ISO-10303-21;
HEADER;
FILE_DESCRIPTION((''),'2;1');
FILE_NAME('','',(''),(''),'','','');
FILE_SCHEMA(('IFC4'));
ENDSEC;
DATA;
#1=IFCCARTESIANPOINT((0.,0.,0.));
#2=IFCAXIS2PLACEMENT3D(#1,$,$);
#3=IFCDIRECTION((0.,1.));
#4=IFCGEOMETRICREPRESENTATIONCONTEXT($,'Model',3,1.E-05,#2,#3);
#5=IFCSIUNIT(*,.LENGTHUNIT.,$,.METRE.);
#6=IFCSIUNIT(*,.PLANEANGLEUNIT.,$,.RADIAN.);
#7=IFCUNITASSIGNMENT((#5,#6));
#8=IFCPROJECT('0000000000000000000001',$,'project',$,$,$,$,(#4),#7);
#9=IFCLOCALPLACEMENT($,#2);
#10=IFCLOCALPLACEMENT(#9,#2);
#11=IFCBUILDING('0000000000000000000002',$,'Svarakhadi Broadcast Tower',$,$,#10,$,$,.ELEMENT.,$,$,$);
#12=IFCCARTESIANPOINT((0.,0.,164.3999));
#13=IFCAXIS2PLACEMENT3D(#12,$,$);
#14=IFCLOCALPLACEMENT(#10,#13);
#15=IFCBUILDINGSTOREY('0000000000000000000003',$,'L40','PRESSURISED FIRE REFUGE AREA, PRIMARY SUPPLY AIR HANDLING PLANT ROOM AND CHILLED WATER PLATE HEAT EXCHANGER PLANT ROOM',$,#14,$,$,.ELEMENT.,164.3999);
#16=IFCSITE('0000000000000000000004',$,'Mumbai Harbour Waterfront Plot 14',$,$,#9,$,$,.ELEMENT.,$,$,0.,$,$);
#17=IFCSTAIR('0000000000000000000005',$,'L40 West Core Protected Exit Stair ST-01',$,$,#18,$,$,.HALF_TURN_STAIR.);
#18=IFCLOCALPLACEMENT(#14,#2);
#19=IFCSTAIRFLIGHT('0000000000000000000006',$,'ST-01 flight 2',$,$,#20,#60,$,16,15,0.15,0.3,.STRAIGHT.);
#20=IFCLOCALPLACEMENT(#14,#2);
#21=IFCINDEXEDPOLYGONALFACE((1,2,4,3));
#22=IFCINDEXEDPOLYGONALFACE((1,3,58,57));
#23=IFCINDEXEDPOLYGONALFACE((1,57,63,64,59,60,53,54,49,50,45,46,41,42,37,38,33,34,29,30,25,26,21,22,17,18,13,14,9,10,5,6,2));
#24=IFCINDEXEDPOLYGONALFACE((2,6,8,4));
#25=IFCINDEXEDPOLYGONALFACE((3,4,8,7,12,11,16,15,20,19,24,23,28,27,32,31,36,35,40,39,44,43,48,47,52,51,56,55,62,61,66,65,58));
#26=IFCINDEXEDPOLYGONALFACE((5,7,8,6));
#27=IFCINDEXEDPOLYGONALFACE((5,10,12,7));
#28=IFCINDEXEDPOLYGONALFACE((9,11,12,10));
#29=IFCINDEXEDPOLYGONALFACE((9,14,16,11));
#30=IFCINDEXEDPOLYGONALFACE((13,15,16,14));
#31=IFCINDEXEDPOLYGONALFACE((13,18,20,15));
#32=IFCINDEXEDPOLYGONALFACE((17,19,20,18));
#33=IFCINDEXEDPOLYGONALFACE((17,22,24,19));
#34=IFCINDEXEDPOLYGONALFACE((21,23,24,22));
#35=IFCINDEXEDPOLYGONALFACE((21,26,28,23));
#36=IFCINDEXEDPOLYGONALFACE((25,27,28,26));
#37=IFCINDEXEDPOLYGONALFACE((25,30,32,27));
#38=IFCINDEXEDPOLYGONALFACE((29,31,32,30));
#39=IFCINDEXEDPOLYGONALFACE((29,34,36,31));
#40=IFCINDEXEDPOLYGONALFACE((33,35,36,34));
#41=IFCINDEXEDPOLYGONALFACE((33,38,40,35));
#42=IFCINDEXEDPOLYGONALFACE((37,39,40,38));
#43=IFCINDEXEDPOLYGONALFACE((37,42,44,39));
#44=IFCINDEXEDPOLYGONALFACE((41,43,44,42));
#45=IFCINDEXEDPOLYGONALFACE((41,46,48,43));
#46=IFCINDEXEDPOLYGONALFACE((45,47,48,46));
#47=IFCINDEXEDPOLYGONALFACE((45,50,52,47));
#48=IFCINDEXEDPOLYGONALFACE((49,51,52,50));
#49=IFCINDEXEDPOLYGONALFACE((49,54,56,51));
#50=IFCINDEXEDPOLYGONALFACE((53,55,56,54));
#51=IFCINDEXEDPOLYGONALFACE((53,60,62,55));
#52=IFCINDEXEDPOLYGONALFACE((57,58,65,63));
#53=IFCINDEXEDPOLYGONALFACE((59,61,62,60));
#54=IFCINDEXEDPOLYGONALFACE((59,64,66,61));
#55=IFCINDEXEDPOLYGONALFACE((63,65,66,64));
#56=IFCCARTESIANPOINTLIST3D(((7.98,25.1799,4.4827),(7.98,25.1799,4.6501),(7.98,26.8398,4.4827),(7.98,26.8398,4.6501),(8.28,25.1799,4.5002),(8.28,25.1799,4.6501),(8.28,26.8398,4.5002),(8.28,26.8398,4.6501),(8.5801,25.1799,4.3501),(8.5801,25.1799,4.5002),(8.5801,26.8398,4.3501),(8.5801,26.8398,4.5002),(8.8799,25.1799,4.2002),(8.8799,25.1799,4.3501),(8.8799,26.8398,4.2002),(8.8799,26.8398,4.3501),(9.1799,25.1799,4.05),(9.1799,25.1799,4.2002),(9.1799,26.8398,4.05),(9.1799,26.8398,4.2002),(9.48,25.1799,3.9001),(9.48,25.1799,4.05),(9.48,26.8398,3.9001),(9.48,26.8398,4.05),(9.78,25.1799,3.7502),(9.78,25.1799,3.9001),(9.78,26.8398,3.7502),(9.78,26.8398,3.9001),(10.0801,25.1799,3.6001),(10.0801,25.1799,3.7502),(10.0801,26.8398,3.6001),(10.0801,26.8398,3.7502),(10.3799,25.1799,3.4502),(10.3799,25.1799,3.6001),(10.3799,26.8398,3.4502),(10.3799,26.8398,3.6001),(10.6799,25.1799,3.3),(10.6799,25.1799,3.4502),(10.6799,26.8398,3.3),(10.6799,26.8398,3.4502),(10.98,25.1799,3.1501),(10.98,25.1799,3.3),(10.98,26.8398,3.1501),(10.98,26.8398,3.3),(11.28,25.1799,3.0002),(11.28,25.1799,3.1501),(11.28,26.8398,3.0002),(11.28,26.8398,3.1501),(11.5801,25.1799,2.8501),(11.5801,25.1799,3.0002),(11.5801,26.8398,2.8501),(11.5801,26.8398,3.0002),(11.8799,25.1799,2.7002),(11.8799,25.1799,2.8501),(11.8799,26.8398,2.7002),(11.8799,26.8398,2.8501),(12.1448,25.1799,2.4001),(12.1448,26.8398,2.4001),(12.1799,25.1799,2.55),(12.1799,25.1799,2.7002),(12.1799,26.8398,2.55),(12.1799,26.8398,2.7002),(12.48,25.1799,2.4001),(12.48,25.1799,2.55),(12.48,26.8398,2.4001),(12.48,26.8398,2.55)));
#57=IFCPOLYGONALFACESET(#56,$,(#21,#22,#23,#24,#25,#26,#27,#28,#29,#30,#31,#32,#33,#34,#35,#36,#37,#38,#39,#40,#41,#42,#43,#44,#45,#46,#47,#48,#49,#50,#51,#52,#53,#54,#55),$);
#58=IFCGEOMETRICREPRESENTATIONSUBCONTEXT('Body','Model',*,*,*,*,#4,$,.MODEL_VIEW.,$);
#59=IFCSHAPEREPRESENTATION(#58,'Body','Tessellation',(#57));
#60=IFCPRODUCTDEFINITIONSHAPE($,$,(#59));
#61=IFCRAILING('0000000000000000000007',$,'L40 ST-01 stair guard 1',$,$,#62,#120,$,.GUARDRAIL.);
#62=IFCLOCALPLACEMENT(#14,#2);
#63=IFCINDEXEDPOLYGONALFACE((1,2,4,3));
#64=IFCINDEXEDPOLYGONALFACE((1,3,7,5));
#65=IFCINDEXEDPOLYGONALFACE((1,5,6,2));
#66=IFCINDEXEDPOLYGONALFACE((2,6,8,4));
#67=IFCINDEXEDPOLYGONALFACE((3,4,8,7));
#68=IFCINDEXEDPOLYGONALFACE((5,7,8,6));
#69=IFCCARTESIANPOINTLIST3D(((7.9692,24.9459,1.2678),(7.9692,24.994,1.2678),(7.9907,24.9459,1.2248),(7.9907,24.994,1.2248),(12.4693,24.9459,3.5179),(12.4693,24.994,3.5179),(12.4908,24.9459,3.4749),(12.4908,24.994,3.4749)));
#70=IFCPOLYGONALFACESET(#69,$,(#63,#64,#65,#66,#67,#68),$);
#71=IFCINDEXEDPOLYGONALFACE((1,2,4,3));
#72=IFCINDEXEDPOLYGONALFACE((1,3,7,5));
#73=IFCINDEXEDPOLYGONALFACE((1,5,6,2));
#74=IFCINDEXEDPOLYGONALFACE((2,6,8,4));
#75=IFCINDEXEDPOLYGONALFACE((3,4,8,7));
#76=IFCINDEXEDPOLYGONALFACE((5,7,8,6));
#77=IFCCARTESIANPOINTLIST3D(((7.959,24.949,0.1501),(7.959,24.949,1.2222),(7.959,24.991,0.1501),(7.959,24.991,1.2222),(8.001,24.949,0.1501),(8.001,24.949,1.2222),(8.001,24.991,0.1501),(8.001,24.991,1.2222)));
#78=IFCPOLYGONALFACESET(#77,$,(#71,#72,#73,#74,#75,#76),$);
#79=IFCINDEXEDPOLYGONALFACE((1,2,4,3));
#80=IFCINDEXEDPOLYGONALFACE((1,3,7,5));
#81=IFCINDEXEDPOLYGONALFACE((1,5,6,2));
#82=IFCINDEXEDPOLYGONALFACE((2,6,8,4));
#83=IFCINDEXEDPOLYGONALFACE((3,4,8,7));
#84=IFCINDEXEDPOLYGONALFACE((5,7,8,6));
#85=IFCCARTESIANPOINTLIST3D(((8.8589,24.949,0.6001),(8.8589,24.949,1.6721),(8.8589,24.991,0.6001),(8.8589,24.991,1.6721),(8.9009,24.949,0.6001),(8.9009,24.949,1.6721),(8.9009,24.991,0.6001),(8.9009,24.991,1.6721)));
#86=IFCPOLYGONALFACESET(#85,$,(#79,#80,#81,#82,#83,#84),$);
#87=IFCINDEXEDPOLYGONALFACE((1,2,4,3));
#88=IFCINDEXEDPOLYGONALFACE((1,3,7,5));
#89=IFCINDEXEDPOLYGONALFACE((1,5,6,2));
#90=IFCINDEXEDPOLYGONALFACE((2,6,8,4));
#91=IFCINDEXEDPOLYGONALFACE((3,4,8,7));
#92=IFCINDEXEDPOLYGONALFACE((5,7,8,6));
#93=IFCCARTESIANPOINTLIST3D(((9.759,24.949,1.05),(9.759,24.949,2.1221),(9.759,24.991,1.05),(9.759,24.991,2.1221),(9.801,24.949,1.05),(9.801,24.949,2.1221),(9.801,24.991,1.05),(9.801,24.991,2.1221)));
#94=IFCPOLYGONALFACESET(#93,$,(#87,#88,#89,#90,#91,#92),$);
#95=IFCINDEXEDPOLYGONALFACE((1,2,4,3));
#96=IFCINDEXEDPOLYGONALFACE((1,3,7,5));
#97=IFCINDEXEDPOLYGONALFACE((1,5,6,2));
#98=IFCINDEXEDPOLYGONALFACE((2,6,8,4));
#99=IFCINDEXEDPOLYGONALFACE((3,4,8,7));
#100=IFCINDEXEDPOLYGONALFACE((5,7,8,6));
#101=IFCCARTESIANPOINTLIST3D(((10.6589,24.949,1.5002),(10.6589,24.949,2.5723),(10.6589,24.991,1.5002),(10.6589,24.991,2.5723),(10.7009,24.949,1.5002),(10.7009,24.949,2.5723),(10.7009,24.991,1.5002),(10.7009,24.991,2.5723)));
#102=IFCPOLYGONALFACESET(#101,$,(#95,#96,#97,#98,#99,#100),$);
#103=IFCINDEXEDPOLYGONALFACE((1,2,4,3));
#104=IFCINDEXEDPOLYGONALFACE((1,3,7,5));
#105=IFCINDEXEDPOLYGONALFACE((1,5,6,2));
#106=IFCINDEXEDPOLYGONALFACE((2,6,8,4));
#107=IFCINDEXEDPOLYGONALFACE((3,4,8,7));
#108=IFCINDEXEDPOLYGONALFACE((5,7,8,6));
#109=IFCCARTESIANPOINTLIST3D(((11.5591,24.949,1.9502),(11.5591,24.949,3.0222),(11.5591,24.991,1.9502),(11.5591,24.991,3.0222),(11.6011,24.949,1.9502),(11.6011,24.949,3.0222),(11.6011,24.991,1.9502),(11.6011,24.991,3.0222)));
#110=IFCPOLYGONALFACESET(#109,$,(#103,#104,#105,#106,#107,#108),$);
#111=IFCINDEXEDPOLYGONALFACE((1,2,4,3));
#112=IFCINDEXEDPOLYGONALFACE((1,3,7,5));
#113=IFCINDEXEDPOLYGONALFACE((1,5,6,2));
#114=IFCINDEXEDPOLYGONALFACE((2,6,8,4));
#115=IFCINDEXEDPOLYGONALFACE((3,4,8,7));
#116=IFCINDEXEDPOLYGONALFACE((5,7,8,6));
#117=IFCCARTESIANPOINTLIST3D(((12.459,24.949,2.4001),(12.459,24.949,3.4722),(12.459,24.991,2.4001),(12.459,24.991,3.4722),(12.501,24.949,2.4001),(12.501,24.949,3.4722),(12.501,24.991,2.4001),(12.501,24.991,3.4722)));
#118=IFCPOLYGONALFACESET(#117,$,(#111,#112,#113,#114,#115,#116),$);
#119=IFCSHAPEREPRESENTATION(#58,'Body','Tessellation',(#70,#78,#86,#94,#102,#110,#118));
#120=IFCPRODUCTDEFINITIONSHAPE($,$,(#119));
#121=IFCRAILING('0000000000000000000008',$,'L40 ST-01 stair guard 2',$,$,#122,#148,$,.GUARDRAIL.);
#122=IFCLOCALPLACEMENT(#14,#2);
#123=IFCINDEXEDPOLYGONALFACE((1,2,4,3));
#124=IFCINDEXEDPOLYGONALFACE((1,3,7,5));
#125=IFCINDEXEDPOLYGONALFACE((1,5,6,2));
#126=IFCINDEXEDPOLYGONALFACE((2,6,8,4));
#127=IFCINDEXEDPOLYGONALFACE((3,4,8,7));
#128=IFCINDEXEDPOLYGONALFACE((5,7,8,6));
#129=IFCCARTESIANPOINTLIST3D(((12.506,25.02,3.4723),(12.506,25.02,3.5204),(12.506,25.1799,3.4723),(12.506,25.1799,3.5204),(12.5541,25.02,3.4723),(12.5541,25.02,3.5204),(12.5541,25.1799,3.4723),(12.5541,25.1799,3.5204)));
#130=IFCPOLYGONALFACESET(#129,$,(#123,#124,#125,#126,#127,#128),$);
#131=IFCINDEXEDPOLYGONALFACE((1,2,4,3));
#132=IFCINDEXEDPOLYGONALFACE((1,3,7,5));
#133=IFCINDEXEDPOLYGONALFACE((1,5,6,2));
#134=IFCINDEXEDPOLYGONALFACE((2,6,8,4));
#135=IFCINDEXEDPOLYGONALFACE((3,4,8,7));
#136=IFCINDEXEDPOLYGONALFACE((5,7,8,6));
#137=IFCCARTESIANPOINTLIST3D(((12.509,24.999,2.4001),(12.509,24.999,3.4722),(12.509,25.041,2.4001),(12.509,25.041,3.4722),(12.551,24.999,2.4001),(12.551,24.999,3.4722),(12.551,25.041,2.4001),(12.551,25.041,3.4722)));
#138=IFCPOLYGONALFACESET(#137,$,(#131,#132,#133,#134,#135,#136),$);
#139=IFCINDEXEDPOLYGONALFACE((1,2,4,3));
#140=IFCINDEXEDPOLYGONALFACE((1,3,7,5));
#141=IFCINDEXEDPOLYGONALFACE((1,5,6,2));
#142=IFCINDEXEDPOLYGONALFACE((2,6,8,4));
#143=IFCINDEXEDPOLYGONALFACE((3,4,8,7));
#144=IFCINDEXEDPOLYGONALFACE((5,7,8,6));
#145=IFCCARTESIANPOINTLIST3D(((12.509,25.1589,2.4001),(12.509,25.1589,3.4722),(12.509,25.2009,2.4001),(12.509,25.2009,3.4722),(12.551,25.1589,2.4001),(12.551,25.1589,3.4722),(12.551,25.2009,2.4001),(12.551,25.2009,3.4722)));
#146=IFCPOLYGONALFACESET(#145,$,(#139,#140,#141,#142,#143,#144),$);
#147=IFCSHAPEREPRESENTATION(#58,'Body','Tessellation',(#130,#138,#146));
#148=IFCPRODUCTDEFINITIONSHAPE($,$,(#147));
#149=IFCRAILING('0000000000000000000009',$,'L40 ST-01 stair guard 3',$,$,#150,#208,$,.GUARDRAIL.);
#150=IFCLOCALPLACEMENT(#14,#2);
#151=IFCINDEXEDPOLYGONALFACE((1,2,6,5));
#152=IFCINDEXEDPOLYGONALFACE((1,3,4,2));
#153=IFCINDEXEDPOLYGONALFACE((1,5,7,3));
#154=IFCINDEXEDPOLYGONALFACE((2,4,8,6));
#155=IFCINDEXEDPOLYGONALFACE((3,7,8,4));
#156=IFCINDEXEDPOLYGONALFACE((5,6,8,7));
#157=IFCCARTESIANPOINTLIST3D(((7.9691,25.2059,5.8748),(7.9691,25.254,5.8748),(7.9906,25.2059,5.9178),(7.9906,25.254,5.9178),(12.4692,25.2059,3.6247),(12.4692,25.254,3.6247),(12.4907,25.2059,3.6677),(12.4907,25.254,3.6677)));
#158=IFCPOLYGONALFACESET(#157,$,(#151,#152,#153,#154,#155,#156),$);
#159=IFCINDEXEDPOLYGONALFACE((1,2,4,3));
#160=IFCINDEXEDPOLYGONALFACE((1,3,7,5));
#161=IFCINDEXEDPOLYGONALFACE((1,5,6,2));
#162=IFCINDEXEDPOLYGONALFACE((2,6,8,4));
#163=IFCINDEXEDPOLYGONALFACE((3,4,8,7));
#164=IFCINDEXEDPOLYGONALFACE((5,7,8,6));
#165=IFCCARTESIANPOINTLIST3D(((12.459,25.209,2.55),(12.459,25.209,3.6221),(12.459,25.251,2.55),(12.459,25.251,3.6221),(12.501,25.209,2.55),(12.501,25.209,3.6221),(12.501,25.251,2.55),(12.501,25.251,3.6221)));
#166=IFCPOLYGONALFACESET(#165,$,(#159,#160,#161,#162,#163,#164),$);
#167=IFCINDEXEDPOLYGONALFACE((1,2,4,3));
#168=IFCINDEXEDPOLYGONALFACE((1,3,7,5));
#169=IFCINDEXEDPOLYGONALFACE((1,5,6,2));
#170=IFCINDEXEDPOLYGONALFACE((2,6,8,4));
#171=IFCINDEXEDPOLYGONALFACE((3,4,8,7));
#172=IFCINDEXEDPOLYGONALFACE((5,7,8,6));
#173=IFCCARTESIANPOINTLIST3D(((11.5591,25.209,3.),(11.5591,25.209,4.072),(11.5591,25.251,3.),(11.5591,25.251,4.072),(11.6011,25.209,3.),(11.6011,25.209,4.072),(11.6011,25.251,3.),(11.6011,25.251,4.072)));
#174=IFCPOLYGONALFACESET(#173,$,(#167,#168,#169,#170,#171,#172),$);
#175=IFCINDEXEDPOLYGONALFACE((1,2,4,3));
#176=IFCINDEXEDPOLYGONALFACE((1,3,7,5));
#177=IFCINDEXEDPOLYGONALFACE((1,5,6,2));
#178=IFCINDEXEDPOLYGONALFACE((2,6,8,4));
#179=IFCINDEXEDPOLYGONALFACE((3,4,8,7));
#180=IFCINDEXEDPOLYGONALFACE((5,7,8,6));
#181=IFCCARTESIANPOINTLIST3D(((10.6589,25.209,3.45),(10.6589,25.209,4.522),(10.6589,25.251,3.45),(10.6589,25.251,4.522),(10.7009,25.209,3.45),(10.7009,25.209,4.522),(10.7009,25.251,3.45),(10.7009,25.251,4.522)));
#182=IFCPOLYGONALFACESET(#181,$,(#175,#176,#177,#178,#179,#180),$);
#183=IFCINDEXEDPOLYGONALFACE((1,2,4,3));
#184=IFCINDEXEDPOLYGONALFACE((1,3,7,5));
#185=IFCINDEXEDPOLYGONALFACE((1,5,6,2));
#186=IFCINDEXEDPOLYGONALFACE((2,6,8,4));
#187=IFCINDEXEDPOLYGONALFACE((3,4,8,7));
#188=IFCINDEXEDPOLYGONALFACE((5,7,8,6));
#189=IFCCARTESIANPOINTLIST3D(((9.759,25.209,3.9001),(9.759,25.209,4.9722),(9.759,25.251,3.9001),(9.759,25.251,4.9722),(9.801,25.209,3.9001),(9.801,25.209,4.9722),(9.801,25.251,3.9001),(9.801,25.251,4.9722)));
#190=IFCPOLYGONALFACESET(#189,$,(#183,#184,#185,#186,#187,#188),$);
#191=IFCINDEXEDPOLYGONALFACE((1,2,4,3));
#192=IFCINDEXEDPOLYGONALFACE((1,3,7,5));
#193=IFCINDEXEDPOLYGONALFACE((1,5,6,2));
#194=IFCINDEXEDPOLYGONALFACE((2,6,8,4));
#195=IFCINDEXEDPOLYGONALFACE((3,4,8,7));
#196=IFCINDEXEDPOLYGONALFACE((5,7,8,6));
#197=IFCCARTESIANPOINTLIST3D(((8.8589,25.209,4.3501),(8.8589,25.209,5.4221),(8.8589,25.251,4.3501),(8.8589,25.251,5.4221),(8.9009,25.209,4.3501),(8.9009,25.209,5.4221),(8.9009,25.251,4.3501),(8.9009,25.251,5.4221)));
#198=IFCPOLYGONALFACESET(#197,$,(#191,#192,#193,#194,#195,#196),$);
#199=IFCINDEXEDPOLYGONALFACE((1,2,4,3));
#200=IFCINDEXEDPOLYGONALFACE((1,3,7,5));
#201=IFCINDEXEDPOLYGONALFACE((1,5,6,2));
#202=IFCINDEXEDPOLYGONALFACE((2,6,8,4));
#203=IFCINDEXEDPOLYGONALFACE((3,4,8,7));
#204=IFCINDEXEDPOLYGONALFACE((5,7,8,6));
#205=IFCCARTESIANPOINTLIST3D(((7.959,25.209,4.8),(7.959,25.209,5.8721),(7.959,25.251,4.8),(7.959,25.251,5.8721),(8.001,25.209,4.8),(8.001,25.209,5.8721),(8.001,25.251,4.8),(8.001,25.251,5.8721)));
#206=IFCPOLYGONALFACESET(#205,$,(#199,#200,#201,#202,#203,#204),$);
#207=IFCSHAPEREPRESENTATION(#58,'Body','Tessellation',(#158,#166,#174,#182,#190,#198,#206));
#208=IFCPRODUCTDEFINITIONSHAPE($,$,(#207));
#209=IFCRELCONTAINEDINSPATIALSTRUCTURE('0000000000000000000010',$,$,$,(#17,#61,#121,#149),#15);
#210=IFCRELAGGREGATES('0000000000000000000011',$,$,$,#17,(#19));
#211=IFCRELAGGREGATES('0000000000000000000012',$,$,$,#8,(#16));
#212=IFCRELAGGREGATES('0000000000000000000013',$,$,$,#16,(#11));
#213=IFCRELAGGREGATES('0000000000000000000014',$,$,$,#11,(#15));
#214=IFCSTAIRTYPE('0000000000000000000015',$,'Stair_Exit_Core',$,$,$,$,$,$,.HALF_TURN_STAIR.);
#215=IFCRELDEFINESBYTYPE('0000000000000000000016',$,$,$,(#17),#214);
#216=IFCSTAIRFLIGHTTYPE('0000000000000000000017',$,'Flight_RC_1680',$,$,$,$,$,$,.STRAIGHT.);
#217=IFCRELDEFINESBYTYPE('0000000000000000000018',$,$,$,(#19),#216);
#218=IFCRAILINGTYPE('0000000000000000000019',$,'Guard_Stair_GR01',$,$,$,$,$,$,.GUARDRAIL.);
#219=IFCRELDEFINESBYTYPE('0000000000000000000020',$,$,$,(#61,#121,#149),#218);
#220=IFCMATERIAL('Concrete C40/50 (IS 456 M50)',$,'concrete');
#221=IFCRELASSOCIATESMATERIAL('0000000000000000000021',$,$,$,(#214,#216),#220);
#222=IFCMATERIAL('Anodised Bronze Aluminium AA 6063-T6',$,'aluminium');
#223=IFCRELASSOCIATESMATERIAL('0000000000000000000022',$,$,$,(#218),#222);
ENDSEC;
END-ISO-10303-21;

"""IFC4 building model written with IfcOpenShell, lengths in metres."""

from ifc_helpers import new_model, si_unit, direction, frame, origin, origin_2d, place, context, subcontext, project, spatial, polyline, rectangle, outline, extrude, material, type_object, element, aggregate, save


model = new_model("IFC4")

# Units and contexts
model_context = context("Model", 3, precision=1e-05, world=origin(), true_north=direction((0.0, 1.0)))
body_context = subcontext(model_context, "Body", "Model", "MODEL_VIEW")
ifc_project = project(units=[si_unit("LENGTHUNIT", "METRE"), si_unit("PLANEANGLEUNIT", "RADIAN")], contexts=[model_context])

# Site, building, storey
site_placement = place(None, origin())
site = spatial("IfcSite", under=ifc_project, at=site_placement, Name="Mumbai Harbour Waterfront Plot 14", CompositionType="ELEMENT", RefElevation=0.0)
building_placement = place(site_placement, origin())
building = spatial("IfcBuilding", under=site, at=building_placement, Name="Svarakhadi Broadcast Tower", CompositionType="ELEMENT")
storey_placement = place(building_placement, frame((0.0, 0.0, 164.3999)))
storey = spatial("IfcBuildingStorey", under=building, at=storey_placement, Name="L40", Description="PRESSURISED FIRE REFUGE AREA, PRIMARY SUPPLY AIR HANDLING PLANT ROOM AND CHILLED WATER PLATE HEAT EXCHANGER PLANT ROOM", CompositionType="ELEMENT", Elevation=164.3999)

# Shared definitions
ifc_material_1 = material(Name="Concrete C40/50 (IS 456 M50)", Category="concrete")

# Stair, stair flight
stair_type = type_object("IfcStairType", Name="Stair_Exit_Core", PredefinedType="HALF_TURN_STAIR", material=ifc_material_1)
stair_placement = place(storey_placement, origin())
stair = element("IfcStair", 1, at=stair_placement, inside=storey, type_object=stair_type, Name="L40 West Core Protected Exit Stair ST-01", PredefinedType="HALF_TURN_STAIR")
stair_flight_type = type_object("IfcStairFlightType", Name="Flight_RC_1680", PredefinedType="STRAIGHT", material=ifc_material_1)
stair_flight_1_placement = place(storey_placement, frame((12.48, 26.01, 2.4001), z_axis=(0.0, 0.0, 1.0), x_axis=(-1.0, 0.0, 0.0)))
stair_flight_1 = element("IfcStairFlight", 2, at=stair_flight_1_placement, type_object=stair_flight_type, Name="ST-01 flight 2", NumberOfRisers=16, NumberOfTreads=15, PredefinedType="STRAIGHT", RiserHeight=0.15, TreadLength=0.3, context=body_context, shape_type="SweptSolid", body=[
    extrude(outline(polyline([(0.0, 0.0), (0.0, 0.1499), (0.3, 0.1499), (0.3, 0.3), (0.6001, 0.3), (0.6001, 0.45), (0.8999, 0.45), (0.8999, 0.6001), (1.2, 0.6001), (1.2, 0.75), (1.5, 0.75), (1.5, 0.8999), (1.8, 0.8999), (1.8, 1.05), (2.1001, 1.05), (2.1001, 1.2), (2.3999, 1.2), (2.3999, 1.3501), (2.7, 1.3501), (2.7, 1.5), (3.0, 1.5), (3.0, 1.6499), (3.3, 1.6499), (3.3, 1.8), (3.6001, 1.8), (3.6001, 1.95), (3.8999, 1.95), (3.8999, 2.1001), (4.2, 2.1001), (4.2, 2.25), (4.5, 2.25), (4.5, 2.3999), (4.5, 2.0825), (0.3352, 0.0), (0.0, 0.0)])), frame((0.0, 0.8301, 0.0), z_axis=(0.0, -1.0, 0.0), x_axis=(1.0, 0.0, 0.0)), (0.0, 0.0, 1.0), 1.6599),
])
aggregate(stair, [stair_flight_1])

# Railings
ifc_material_2 = material(Name="Anodised Bronze Aluminium AA 6063-T6", Category="aluminium")
railing_type_1 = type_object("IfcRailingType", Name="Guard_Stair_GR01", PredefinedType="GUARDRAIL", material=ifc_material_2)
railing_1_placement = place(storey_placement, frame((7.98, 24.97, 0.1501)))
element("IfcRailing", 3, at=railing_1_placement, inside=storey, type_object=railing_type_1, Name="L40 ST-01 stair guard 1", PredefinedType="GUARDRAIL", context=body_context, shape_type="SweptSolid", body=[
    extrude(rectangle(XDim=0.0481, YDim=0.0481, at=origin_2d()), frame((0.0, 0.0, 1.0962), z_axis=(0.894427, 0.0, 0.447214), x_axis=(0.0, 1.0, 0.0)), (0.0, 0.0, 1.0), 5.0312),
    extrude(rectangle(XDim=0.042, YDim=0.042, at=origin_2d()), origin(), (0.0, 0.0, 1.0), 1.072),
    extrude(rectangle(XDim=0.042, YDim=0.042, at=origin_2d()), frame((0.8999, 0.0, 0.45)), (0.0, 0.0, 1.0), 1.072),
    extrude(rectangle(XDim=0.042, YDim=0.042, at=origin_2d()), frame((1.8, 0.0, 0.8999)), (0.0, 0.0, 1.0), 1.072),
    extrude(rectangle(XDim=0.042, YDim=0.042, at=origin_2d()), frame((2.7, 0.0, 1.3501)), (0.0, 0.0, 1.0), 1.072),
    extrude(rectangle(XDim=0.042, YDim=0.042, at=origin_2d()), frame((3.6001, 0.0, 1.8)), (0.0, 0.0, 1.0), 1.072),
    extrude(rectangle(XDim=0.042, YDim=0.042, at=origin_2d()), frame((4.5, 0.0, 2.25)), (0.0, 0.0, 1.0), 1.072),
])
railing_2_placement = place(storey_placement, frame((12.53, 25.02, 2.4001)))
element("IfcRailing", 4, at=railing_2_placement, inside=storey, type_object=railing_type_1, Name="L40 ST-01 stair guard 2", PredefinedType="GUARDRAIL", context=body_context, shape_type="SweptSolid", body=[
    extrude(rectangle(XDim=0.0481, YDim=0.0481, at=origin_2d()), frame((0.0, 0.0, 1.0962), z_axis=(0.0, 1.0, 0.0), x_axis=(-1.0, 0.0, 0.0)), (0.0, 0.0, 1.0), 0.1599),
    extrude(rectangle(XDim=0.042, YDim=0.042, at=origin_2d()), origin(), (0.0, 0.0, 1.0), 1.072),
    extrude(rectangle(XDim=0.042, YDim=0.042, at=origin_2d()), frame((0.0, 0.1599, 0.0)), (0.0, 0.0, 1.0), 1.072),
])
railing_3_placement = place(storey_placement, frame((12.48, 25.23, 2.55)))
element("IfcRailing", 5, at=railing_3_placement, inside=storey, type_object=railing_type_1, Name="L40 ST-01 stair guard 3", PredefinedType="GUARDRAIL", context=body_context, shape_type="SweptSolid", body=[
    extrude(rectangle(XDim=0.0481, YDim=0.0481, at=origin_2d()), frame((0.0, 0.0, 1.0962), z_axis=(-0.894427, 0.0, 0.447214), x_axis=(0.0, -1.0, 0.0)), (0.0, 0.0, 1.0), 5.0312),
    extrude(rectangle(XDim=0.042, YDim=0.042, at=origin_2d()), origin(), (0.0, 0.0, 1.0), 1.072),
    extrude(rectangle(XDim=0.042, YDim=0.042, at=origin_2d()), frame((-0.8999, 0.0, 0.45)), (0.0, 0.0, 1.0), 1.072),
    extrude(rectangle(XDim=0.042, YDim=0.042, at=origin_2d()), frame((-1.8, 0.0, 0.8999)), (0.0, 0.0, 1.0), 1.072),
    extrude(rectangle(XDim=0.042, YDim=0.042, at=origin_2d()), frame((-2.7, 0.0, 1.3501)), (0.0, 0.0, 1.0), 1.072),
    extrude(rectangle(XDim=0.042, YDim=0.042, at=origin_2d()), frame((-3.6001, 0.0, 1.8)), (0.0, 0.0, 1.0), 1.072),
    extrude(rectangle(XDim=0.042, YDim=0.042, at=origin_2d()), frame((-4.5, 0.0, 2.25)), (0.0, 0.0, 1.0), 1.072),
])

save(model, "model.ifc")
